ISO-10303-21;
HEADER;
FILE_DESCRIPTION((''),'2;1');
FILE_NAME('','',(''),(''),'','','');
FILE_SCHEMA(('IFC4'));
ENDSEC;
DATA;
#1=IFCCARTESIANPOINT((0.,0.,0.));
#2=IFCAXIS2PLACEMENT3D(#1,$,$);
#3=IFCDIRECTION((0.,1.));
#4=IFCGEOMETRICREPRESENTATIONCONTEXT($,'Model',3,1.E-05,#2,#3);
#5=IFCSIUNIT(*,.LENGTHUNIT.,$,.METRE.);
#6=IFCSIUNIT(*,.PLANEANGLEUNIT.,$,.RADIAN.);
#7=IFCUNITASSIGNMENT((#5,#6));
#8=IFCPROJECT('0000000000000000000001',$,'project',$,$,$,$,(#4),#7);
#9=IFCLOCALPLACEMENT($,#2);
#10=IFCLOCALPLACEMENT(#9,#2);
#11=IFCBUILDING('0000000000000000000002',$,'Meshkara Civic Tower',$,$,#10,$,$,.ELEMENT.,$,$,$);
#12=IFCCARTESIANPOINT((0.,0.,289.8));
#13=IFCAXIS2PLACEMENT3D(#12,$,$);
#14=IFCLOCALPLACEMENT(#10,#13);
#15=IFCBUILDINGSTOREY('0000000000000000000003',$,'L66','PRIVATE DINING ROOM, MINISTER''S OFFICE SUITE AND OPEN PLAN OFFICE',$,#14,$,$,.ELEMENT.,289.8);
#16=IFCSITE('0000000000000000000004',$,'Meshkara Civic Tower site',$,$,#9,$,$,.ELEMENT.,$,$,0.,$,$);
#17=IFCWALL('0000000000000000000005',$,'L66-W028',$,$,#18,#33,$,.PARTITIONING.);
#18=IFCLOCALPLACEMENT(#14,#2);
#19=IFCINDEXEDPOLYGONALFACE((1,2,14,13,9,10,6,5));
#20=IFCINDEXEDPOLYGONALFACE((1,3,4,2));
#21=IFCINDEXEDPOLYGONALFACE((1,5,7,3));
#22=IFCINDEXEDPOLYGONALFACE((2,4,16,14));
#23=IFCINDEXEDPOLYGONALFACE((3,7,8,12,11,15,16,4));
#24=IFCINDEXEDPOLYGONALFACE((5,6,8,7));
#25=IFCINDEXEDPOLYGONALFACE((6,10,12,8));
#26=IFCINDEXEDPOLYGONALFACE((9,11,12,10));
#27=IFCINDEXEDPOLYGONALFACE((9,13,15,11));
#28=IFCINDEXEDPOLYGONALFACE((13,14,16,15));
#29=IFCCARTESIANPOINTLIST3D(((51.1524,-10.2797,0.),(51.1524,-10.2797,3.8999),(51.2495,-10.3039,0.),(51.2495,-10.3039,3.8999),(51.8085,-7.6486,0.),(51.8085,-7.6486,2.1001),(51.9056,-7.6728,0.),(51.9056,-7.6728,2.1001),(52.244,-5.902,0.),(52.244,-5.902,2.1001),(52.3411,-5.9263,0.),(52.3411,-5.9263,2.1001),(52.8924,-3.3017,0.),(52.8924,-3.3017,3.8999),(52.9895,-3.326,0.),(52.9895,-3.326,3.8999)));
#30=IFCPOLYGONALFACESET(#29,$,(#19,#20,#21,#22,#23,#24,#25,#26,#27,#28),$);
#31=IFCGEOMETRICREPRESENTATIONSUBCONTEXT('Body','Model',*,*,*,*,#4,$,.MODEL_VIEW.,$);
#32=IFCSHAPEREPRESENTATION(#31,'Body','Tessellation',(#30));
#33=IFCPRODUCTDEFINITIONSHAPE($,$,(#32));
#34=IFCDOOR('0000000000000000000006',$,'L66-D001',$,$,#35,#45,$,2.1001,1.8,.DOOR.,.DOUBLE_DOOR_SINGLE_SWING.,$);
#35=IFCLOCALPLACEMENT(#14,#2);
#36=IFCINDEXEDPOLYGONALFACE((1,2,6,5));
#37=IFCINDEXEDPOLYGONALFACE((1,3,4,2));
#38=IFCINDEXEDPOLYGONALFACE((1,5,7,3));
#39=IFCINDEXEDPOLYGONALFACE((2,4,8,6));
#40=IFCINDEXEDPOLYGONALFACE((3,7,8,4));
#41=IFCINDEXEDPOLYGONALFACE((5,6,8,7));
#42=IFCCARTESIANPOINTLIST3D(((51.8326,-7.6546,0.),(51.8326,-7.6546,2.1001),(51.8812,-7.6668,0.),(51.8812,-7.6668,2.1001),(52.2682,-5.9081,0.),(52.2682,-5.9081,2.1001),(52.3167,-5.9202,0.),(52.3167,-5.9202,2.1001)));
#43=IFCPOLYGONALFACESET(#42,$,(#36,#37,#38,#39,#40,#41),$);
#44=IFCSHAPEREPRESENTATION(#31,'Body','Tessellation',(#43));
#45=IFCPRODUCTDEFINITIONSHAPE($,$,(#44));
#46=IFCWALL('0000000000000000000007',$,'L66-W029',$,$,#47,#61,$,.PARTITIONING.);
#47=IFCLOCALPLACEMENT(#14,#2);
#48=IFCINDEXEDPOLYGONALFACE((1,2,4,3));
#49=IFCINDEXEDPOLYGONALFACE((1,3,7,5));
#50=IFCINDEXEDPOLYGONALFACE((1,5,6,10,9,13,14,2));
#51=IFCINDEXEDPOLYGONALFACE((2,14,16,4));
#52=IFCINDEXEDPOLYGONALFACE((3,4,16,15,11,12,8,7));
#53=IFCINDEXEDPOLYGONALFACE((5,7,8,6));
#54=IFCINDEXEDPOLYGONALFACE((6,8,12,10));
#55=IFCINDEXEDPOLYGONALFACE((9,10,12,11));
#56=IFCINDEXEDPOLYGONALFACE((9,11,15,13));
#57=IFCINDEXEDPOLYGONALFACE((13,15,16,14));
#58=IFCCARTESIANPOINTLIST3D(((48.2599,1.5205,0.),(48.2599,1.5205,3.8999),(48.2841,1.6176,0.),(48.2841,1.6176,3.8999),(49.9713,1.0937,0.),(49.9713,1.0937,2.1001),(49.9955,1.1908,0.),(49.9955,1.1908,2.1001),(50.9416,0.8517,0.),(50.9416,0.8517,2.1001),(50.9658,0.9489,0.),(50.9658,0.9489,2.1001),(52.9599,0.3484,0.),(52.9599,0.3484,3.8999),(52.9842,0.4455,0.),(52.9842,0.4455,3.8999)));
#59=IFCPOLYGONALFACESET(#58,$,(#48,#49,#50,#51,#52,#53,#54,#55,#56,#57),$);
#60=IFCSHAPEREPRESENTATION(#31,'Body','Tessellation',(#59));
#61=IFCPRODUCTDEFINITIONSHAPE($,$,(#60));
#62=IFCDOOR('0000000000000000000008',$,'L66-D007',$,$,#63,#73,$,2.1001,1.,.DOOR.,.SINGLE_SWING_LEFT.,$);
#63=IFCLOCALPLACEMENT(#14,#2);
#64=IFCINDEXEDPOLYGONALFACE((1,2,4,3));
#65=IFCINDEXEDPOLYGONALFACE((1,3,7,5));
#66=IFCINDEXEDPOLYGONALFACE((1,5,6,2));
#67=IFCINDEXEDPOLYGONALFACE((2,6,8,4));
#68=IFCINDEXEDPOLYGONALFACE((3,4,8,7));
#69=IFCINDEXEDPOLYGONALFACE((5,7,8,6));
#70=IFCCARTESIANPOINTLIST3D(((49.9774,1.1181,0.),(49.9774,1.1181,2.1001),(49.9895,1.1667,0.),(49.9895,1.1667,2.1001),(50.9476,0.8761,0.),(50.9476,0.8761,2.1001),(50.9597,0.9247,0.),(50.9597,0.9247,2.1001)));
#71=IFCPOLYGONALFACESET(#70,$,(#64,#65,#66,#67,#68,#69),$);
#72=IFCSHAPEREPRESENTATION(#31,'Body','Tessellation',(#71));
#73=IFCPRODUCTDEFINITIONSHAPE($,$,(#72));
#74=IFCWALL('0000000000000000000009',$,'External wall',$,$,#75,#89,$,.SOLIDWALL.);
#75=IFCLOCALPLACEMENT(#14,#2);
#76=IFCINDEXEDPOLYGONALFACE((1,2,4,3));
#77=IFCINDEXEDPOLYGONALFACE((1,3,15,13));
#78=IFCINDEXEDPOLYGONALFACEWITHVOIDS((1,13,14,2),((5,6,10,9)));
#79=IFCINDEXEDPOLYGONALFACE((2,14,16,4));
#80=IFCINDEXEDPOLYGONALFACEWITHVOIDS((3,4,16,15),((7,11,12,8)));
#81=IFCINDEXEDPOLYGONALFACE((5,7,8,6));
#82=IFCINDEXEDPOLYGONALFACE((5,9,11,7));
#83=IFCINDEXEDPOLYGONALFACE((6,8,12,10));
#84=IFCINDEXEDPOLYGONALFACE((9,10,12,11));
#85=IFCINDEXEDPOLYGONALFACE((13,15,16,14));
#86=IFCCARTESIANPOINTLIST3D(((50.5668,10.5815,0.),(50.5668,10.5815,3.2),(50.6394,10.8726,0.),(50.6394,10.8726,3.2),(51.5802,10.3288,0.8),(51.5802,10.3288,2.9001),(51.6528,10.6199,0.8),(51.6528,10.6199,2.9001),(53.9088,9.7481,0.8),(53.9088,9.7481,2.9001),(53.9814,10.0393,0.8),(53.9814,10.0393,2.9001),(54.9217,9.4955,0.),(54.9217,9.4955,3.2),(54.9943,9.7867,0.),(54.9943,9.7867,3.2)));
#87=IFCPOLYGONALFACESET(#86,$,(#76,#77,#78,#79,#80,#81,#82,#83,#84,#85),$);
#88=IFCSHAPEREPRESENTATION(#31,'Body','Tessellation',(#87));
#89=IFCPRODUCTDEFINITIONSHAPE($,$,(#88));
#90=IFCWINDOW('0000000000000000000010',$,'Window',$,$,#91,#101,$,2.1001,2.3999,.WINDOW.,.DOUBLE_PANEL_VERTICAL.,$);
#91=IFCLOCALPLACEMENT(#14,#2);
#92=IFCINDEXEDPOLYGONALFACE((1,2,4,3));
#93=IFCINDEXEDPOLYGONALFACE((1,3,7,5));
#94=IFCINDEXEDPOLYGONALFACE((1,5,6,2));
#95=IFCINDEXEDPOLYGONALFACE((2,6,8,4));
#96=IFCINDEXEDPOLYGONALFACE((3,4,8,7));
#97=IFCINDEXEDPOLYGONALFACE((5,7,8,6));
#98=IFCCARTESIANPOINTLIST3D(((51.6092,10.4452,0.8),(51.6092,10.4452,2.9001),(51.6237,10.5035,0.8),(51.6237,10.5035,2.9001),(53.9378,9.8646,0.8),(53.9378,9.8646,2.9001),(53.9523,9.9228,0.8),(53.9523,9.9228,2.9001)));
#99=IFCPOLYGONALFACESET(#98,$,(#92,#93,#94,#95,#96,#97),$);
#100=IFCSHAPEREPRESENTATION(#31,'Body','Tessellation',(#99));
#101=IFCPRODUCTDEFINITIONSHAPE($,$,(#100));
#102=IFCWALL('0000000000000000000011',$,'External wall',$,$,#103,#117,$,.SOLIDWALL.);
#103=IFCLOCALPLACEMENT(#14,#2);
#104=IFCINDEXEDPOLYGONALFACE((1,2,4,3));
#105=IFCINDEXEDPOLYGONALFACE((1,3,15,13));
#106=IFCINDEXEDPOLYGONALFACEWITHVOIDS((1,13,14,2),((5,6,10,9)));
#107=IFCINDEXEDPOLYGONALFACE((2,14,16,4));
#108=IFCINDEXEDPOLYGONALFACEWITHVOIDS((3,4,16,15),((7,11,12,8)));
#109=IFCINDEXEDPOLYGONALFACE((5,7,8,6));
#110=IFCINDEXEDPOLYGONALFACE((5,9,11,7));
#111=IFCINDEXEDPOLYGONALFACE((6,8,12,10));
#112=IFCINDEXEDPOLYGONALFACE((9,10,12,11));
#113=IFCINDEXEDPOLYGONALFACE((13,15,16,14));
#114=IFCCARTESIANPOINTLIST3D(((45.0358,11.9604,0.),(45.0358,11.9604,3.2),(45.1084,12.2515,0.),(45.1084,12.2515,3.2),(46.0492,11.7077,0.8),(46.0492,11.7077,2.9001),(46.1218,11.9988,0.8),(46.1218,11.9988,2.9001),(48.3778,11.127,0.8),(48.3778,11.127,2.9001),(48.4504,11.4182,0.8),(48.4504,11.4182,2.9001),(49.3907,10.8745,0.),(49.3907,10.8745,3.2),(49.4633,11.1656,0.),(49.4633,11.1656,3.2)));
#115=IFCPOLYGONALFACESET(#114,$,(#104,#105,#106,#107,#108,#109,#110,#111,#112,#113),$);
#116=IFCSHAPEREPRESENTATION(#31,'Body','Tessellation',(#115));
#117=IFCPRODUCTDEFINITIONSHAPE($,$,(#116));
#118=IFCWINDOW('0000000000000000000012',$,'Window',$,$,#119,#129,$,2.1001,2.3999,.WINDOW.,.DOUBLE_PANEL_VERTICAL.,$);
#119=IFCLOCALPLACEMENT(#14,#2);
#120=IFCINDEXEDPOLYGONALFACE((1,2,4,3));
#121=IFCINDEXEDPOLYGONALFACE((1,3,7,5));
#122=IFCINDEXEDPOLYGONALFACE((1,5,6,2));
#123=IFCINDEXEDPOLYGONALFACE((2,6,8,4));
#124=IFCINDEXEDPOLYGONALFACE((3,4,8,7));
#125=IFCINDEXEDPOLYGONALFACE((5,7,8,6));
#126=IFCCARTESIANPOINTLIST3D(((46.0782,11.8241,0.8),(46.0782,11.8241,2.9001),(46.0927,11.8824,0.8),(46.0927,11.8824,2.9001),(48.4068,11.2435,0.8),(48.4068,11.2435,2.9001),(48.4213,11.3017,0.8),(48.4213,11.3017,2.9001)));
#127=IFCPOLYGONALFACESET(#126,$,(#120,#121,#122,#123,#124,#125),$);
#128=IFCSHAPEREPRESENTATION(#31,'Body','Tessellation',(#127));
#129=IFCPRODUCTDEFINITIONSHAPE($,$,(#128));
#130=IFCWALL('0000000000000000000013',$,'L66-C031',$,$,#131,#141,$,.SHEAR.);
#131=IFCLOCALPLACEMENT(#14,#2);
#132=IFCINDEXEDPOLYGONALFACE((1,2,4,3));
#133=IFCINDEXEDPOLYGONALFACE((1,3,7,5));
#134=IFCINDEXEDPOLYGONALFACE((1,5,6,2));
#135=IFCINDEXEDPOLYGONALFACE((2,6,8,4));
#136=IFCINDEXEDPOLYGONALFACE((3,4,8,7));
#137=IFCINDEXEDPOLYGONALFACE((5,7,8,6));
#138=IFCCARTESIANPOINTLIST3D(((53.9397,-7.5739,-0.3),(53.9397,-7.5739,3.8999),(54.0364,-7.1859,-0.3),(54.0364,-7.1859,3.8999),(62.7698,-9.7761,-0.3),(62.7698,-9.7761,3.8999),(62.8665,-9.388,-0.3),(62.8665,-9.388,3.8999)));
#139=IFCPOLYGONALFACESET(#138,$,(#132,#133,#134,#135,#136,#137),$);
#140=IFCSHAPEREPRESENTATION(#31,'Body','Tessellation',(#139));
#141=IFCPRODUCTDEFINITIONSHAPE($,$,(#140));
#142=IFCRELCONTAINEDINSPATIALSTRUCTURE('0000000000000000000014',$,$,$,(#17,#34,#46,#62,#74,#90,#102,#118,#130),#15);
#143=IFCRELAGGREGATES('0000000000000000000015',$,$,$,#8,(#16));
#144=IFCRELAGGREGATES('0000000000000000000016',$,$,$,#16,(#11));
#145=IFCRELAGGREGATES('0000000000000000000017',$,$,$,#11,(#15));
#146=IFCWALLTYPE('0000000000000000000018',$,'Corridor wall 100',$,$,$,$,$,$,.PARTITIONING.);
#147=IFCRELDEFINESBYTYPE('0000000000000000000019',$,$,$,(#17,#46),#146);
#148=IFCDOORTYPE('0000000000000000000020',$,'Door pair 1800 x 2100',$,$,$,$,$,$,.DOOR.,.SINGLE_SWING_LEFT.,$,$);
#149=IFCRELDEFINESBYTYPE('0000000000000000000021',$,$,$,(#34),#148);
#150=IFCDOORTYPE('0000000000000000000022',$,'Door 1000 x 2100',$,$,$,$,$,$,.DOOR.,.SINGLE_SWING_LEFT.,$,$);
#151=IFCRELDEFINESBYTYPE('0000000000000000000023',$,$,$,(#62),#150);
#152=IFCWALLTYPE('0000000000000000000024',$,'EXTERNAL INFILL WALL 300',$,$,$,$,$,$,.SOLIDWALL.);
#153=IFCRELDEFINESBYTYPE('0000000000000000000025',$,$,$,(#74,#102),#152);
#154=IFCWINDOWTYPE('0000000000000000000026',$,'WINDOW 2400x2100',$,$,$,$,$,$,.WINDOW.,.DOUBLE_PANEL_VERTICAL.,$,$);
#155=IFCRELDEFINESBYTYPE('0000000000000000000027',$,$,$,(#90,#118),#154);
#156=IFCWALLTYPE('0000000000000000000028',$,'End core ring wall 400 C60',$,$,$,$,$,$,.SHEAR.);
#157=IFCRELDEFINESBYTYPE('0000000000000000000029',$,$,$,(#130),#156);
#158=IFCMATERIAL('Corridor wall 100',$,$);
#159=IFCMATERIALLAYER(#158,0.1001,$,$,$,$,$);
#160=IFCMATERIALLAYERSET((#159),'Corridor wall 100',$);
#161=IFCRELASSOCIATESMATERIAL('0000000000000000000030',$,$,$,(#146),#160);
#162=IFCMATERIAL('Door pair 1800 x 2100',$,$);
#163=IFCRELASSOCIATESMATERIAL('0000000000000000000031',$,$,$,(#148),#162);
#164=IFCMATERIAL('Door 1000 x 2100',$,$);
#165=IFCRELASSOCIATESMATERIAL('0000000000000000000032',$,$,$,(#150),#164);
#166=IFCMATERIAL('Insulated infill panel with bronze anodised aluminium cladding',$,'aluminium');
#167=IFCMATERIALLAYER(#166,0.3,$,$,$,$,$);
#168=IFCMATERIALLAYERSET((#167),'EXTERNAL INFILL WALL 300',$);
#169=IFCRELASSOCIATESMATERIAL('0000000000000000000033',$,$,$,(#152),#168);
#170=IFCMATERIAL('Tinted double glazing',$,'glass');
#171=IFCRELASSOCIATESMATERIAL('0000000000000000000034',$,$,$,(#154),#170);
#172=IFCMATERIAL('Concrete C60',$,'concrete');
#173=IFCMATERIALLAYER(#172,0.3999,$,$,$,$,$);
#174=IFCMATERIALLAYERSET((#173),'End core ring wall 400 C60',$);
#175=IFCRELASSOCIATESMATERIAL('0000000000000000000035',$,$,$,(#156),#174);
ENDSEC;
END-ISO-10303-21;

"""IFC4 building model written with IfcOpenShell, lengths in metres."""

from ifc_helpers import new_model, si_unit, direction, frame, frame_2d, origin, place, context, subcontext, project, spatial, rectangle, extrude, material, layer, layer_set, type_object, element, fill, save


model = new_model("IFC4")

# Units and contexts
model_context = context("Model", 3, precision=1e-05, world=origin(), true_north=direction((0.0, 1.0)))
body_context = subcontext(model_context, "Body", "Model", "MODEL_VIEW")
ifc_project = project(units=[si_unit("LENGTHUNIT", "METRE"), si_unit("PLANEANGLEUNIT", "RADIAN")], contexts=[model_context])

# Site, building, storey
site_placement = place(None, origin())
site = spatial("IfcSite", under=ifc_project, at=site_placement, Name="Meshkara Civic Tower site", CompositionType="ELEMENT", RefElevation=0.0)
building_placement = place(site_placement, origin())
building = spatial("IfcBuilding", under=site, at=building_placement, Name="Meshkara Civic Tower", CompositionType="ELEMENT")
storey_placement = place(building_placement, frame((0.0, 0.0, 289.8)))
storey = spatial("IfcBuildingStorey", under=building, at=storey_placement, Name="L66", Description="PRIVATE DINING ROOM, MINISTER'S OFFICE SUITE AND OPEN PLAN OFFICE", CompositionType="ELEMENT", Elevation=289.8)

# Shared definitions
ifc_material_1 = material(Name="Corridor wall 100")
ifc_layer_1 = layer(ifc_material_1, 0.1001)
ifc_layer_set_1 = layer_set([ifc_layer_1], Name="Corridor wall 100")
wall_type_1 = type_object("IfcWallType", Name="Corridor wall 100", PredefinedType="PARTITIONING", material=ifc_layer_set_1)

# Walls, openings, doors
ifc_material_2 = material(Name="Door pair 1800 x 2100")
door_type_1 = type_object("IfcDoorType", Name="Door pair 1800 x 2100", OperationType="SINGLE_SWING_LEFT", PredefinedType="DOOR", material=ifc_material_2)
wall_1_placement = place(storey_placement, frame((52.9409, -3.314, 0.0), z_axis=(0.0, 0.0, 1.0), x_axis=(-0.241944, -0.97029, 0.0)))
wall_1 = element("IfcWall", 1, at=wall_1_placement, inside=storey, type_object=wall_type_1, Name="L66-W028", PredefinedType="PARTITIONING", context=body_context, shape_type="SweptSolid", body=[
    extrude(rectangle(XDim=7.1917, YDim=0.1001, at=frame_2d((3.5957, 0.0))), origin(), (0.0, 0.0, 1.0), 3.8999),
])
opening_1_placement = place(wall_1_placement, frame((2.6799, 0.0, 0.0)))
opening_1 = element("IfcOpeningElement", 2, at=opening_1_placement, cuts=wall_1, PredefinedType="OPENING", context=body_context, shape_type="SweptSolid", body=[
    extrude(rectangle(XDim=1.8, YDim=2.1001, at=frame_2d((0.8999, 1.05))), frame((0.0, 0.0601, 0.0), z_axis=(0.0, -1.0, 0.0), x_axis=(1.0, 0.0, 0.0)), (0.0, 0.0, 1.0), 0.1201),
])
door_1_placement = place(opening_1_placement, origin())
door_1 = element("IfcDoor", 3, at=door_1_placement, inside=storey, type_object=door_type_1, Name="L66-D001", OperationType="DOUBLE_DOOR_SINGLE_SWING", OverallHeight=2.1001, OverallWidth=1.8, PredefinedType="DOOR", context=body_context, shape_type="SweptSolid", body=[
    extrude(rectangle(XDim=1.8, YDim=2.1001, at=frame_2d((0.8999, 1.05))), frame((0.0, 0.0249, 0.0), z_axis=(0.0, -1.0, 0.0), x_axis=(1.0, 0.0, 0.0)), (0.0, 0.0, 1.0), 0.05),
])
fill(opening_1, door_1)
wall_2_placement = place(storey_placement, frame((52.9719, 0.397, 0.0), z_axis=(0.0, 0.0, 1.0), x_axis=(-0.970282, 0.241978, 0.0)))
wall_2 = element("IfcWall", 4, at=wall_2_placement, inside=storey, type_object=wall_type_1, Name="L66-W029", PredefinedType="PARTITIONING", context=body_context, shape_type="SweptSolid", body=[
    extrude(rectangle(XDim=4.844, YDim=0.1001, at=frame_2d((2.4219, 0.0))), origin(), (0.0, 0.0, 1.0), 3.8999),
])
opening_2_placement = place(wall_2_placement, frame((2.0801, 0.0, 0.0)))
opening_2 = element("IfcOpeningElement", 5, at=opening_2_placement, cuts=wall_2, PredefinedType="OPENING", context=body_context, shape_type="SweptSolid", body=[
    extrude(rectangle(XDim=1.0, YDim=2.1001, at=frame_2d((0.5, 1.05))), frame((0.0, 0.0601, 0.0), z_axis=(0.0, -1.0, 0.0), x_axis=(1.0, 0.0, 0.0)), (0.0, 0.0, 1.0), 0.1201),
])
ifc_material_3 = material(Name="Door 1000 x 2100")
door_type_2 = type_object("IfcDoorType", Name="Door 1000 x 2100", OperationType="SINGLE_SWING_LEFT", PredefinedType="DOOR", material=ifc_material_3)
door_2_placement = place(opening_2_placement, origin())
door_2 = element("IfcDoor", 6, at=door_2_placement, inside=storey, type_object=door_type_2, Name="L66-D007", OperationType="SINGLE_SWING_LEFT", OverallHeight=2.1001, OverallWidth=1.0, PredefinedType="DOOR", context=body_context, shape_type="SweptSolid", body=[
    extrude(rectangle(XDim=1.0, YDim=2.1001, at=frame_2d((0.5, 1.05))), frame((0.0, 0.0249, 0.0), z_axis=(0.0, -1.0, 0.0), x_axis=(1.0, 0.0, 0.0)), (0.0, 0.0, 1.0), 0.05),
])
fill(opening_2, door_2)

# Walls, openings, windows
ifc_material_4 = material(Name="Insulated infill panel with bronze anodised aluminium cladding", Category="aluminium")
ifc_layer_2 = layer(ifc_material_4, 0.3)
ifc_layer_set_2 = layer_set([ifc_layer_2], Name="EXTERNAL INFILL WALL 300")
wall_type_2 = type_object("IfcWallType", Name="EXTERNAL INFILL WALL 300", PredefinedType="SOLIDWALL", material=ifc_layer_set_2)
wall_3_placement = place(storey_placement, frame((54.958, 9.6411, 0.0), z_axis=(0.0, 0.0, 1.0), x_axis=(-0.97029, 0.241947, 0.0)))
wall_3 = element("IfcWall", 7, at=wall_3_placement, inside=storey, type_object=wall_type_2, Name="External wall", PredefinedType="SOLIDWALL", context=body_context, shape_type="SweptSolid", body=[
    extrude(rectangle(XDim=4.4883, YDim=0.3, at=frame_2d((2.2441, 0.0))), origin(), (0.0, 0.0, 1.0), 3.2),
])
opening_3_placement = place(wall_3_placement, frame((1.0439, 0.0, 0.8)))
opening_3 = element("IfcOpeningElement", 8, at=opening_3_placement, cuts=wall_3, PredefinedType="OPENING", context=body_context, shape_type="SweptSolid", body=[
    extrude(rectangle(XDim=2.3999, YDim=2.1001, at=frame_2d((1.2, 1.05))), frame((0.0, 0.1599, 0.0), z_axis=(0.0, -1.0, 0.0), x_axis=(1.0, 0.0, 0.0)), (0.0, 0.0, 1.0), 0.3201),
])
ifc_material_5 = material(Name="Tinted double glazing", Category="glass")
window_type = type_object("IfcWindowType", Name="WINDOW 2400x2100", PartitioningType="DOUBLE_PANEL_VERTICAL", PredefinedType="WINDOW", material=ifc_material_5)
window_1_placement = place(opening_3_placement, origin())
window_1 = element("IfcWindow", 9, at=window_1_placement, inside=storey, type_object=window_type, Name="Window", OverallHeight=2.1001, OverallWidth=2.3999, PartitioningType="DOUBLE_PANEL_VERTICAL", PredefinedType="WINDOW", context=body_context, shape_type="SweptSolid", body=[
    extrude(rectangle(XDim=2.3999, YDim=2.1001, at=frame_2d((1.2, 1.05))), frame((0.0, 0.03, 0.0), z_axis=(0.0, -1.0, 0.0), x_axis=(1.0, 0.0, 0.0)), (0.0, 0.0, 1.0), 0.0601),
])
fill(opening_3, window_1)
wall_4_placement = place(storey_placement, frame((49.427, 11.02, 0.0), z_axis=(0.0, 0.0, 1.0), x_axis=(-0.97029, 0.241947, 0.0)))
wall_4 = element("IfcWall", 10, at=wall_4_placement, inside=storey, type_object=wall_type_2, Name="External wall", PredefinedType="SOLIDWALL", context=body_context, shape_type="SweptSolid", body=[
    extrude(rectangle(XDim=4.4883, YDim=0.3, at=frame_2d((2.2441, 0.0))), origin(), (0.0, 0.0, 1.0), 3.2),
])
opening_4_placement = place(wall_4_placement, frame((1.0439, 0.0, 0.8)))
opening_4 = element("IfcOpeningElement", 11, at=opening_4_placement, cuts=wall_4, PredefinedType="OPENING", context=body_context, shape_type="SweptSolid", body=[
    extrude(rectangle(XDim=2.3999, YDim=2.1001, at=frame_2d((1.2, 1.05))), frame((0.0, 0.1599, 0.0), z_axis=(0.0, -1.0, 0.0), x_axis=(1.0, 0.0, 0.0)), (0.0, 0.0, 1.0), 0.3201),
])
window_2_placement = place(opening_4_placement, origin())
window_2 = element("IfcWindow", 12, at=window_2_placement, inside=storey, type_object=window_type, Name="Window", OverallHeight=2.1001, OverallWidth=2.3999, PartitioningType="DOUBLE_PANEL_VERTICAL", PredefinedType="WINDOW", context=body_context, shape_type="SweptSolid", body=[
    extrude(rectangle(XDim=2.3999, YDim=2.1001, at=frame_2d((1.2, 1.05))), frame((0.0, 0.03, 0.0), z_axis=(0.0, -1.0, 0.0), x_axis=(1.0, 0.0, 0.0)), (0.0, 0.0, 1.0), 0.0601),
])
fill(opening_4, window_2)

# Wall
ifc_material_6 = material(Name="Concrete C60", Category="concrete")
ifc_layer_3 = layer(ifc_material_6, 0.3999)
ifc_layer_set_3 = layer_set([ifc_layer_3], Name="End core ring wall 400 C60")
wall_type_3 = type_object("IfcWallType", Name="End core ring wall 400 C60", PredefinedType="SHEAR", material=ifc_layer_set_3)
wall_5_placement = place(storey_placement, frame((53.988, -7.3799, -0.3), z_axis=(0.0, 0.0, 1.0), x_axis=(0.970281, -0.24198, 0.0)))
element("IfcWall", 13, at=wall_5_placement, inside=storey, type_object=wall_type_3, Name="L66-C031", PredefinedType="SHEAR", context=body_context, shape_type="SweptSolid", body=[
    extrude(rectangle(XDim=9.1006, YDim=0.3999, at=frame_2d((4.5503, 0.0))), origin(), (0.0, 0.0, 1.0), 4.2),
])

save(model, "model.ifc")
